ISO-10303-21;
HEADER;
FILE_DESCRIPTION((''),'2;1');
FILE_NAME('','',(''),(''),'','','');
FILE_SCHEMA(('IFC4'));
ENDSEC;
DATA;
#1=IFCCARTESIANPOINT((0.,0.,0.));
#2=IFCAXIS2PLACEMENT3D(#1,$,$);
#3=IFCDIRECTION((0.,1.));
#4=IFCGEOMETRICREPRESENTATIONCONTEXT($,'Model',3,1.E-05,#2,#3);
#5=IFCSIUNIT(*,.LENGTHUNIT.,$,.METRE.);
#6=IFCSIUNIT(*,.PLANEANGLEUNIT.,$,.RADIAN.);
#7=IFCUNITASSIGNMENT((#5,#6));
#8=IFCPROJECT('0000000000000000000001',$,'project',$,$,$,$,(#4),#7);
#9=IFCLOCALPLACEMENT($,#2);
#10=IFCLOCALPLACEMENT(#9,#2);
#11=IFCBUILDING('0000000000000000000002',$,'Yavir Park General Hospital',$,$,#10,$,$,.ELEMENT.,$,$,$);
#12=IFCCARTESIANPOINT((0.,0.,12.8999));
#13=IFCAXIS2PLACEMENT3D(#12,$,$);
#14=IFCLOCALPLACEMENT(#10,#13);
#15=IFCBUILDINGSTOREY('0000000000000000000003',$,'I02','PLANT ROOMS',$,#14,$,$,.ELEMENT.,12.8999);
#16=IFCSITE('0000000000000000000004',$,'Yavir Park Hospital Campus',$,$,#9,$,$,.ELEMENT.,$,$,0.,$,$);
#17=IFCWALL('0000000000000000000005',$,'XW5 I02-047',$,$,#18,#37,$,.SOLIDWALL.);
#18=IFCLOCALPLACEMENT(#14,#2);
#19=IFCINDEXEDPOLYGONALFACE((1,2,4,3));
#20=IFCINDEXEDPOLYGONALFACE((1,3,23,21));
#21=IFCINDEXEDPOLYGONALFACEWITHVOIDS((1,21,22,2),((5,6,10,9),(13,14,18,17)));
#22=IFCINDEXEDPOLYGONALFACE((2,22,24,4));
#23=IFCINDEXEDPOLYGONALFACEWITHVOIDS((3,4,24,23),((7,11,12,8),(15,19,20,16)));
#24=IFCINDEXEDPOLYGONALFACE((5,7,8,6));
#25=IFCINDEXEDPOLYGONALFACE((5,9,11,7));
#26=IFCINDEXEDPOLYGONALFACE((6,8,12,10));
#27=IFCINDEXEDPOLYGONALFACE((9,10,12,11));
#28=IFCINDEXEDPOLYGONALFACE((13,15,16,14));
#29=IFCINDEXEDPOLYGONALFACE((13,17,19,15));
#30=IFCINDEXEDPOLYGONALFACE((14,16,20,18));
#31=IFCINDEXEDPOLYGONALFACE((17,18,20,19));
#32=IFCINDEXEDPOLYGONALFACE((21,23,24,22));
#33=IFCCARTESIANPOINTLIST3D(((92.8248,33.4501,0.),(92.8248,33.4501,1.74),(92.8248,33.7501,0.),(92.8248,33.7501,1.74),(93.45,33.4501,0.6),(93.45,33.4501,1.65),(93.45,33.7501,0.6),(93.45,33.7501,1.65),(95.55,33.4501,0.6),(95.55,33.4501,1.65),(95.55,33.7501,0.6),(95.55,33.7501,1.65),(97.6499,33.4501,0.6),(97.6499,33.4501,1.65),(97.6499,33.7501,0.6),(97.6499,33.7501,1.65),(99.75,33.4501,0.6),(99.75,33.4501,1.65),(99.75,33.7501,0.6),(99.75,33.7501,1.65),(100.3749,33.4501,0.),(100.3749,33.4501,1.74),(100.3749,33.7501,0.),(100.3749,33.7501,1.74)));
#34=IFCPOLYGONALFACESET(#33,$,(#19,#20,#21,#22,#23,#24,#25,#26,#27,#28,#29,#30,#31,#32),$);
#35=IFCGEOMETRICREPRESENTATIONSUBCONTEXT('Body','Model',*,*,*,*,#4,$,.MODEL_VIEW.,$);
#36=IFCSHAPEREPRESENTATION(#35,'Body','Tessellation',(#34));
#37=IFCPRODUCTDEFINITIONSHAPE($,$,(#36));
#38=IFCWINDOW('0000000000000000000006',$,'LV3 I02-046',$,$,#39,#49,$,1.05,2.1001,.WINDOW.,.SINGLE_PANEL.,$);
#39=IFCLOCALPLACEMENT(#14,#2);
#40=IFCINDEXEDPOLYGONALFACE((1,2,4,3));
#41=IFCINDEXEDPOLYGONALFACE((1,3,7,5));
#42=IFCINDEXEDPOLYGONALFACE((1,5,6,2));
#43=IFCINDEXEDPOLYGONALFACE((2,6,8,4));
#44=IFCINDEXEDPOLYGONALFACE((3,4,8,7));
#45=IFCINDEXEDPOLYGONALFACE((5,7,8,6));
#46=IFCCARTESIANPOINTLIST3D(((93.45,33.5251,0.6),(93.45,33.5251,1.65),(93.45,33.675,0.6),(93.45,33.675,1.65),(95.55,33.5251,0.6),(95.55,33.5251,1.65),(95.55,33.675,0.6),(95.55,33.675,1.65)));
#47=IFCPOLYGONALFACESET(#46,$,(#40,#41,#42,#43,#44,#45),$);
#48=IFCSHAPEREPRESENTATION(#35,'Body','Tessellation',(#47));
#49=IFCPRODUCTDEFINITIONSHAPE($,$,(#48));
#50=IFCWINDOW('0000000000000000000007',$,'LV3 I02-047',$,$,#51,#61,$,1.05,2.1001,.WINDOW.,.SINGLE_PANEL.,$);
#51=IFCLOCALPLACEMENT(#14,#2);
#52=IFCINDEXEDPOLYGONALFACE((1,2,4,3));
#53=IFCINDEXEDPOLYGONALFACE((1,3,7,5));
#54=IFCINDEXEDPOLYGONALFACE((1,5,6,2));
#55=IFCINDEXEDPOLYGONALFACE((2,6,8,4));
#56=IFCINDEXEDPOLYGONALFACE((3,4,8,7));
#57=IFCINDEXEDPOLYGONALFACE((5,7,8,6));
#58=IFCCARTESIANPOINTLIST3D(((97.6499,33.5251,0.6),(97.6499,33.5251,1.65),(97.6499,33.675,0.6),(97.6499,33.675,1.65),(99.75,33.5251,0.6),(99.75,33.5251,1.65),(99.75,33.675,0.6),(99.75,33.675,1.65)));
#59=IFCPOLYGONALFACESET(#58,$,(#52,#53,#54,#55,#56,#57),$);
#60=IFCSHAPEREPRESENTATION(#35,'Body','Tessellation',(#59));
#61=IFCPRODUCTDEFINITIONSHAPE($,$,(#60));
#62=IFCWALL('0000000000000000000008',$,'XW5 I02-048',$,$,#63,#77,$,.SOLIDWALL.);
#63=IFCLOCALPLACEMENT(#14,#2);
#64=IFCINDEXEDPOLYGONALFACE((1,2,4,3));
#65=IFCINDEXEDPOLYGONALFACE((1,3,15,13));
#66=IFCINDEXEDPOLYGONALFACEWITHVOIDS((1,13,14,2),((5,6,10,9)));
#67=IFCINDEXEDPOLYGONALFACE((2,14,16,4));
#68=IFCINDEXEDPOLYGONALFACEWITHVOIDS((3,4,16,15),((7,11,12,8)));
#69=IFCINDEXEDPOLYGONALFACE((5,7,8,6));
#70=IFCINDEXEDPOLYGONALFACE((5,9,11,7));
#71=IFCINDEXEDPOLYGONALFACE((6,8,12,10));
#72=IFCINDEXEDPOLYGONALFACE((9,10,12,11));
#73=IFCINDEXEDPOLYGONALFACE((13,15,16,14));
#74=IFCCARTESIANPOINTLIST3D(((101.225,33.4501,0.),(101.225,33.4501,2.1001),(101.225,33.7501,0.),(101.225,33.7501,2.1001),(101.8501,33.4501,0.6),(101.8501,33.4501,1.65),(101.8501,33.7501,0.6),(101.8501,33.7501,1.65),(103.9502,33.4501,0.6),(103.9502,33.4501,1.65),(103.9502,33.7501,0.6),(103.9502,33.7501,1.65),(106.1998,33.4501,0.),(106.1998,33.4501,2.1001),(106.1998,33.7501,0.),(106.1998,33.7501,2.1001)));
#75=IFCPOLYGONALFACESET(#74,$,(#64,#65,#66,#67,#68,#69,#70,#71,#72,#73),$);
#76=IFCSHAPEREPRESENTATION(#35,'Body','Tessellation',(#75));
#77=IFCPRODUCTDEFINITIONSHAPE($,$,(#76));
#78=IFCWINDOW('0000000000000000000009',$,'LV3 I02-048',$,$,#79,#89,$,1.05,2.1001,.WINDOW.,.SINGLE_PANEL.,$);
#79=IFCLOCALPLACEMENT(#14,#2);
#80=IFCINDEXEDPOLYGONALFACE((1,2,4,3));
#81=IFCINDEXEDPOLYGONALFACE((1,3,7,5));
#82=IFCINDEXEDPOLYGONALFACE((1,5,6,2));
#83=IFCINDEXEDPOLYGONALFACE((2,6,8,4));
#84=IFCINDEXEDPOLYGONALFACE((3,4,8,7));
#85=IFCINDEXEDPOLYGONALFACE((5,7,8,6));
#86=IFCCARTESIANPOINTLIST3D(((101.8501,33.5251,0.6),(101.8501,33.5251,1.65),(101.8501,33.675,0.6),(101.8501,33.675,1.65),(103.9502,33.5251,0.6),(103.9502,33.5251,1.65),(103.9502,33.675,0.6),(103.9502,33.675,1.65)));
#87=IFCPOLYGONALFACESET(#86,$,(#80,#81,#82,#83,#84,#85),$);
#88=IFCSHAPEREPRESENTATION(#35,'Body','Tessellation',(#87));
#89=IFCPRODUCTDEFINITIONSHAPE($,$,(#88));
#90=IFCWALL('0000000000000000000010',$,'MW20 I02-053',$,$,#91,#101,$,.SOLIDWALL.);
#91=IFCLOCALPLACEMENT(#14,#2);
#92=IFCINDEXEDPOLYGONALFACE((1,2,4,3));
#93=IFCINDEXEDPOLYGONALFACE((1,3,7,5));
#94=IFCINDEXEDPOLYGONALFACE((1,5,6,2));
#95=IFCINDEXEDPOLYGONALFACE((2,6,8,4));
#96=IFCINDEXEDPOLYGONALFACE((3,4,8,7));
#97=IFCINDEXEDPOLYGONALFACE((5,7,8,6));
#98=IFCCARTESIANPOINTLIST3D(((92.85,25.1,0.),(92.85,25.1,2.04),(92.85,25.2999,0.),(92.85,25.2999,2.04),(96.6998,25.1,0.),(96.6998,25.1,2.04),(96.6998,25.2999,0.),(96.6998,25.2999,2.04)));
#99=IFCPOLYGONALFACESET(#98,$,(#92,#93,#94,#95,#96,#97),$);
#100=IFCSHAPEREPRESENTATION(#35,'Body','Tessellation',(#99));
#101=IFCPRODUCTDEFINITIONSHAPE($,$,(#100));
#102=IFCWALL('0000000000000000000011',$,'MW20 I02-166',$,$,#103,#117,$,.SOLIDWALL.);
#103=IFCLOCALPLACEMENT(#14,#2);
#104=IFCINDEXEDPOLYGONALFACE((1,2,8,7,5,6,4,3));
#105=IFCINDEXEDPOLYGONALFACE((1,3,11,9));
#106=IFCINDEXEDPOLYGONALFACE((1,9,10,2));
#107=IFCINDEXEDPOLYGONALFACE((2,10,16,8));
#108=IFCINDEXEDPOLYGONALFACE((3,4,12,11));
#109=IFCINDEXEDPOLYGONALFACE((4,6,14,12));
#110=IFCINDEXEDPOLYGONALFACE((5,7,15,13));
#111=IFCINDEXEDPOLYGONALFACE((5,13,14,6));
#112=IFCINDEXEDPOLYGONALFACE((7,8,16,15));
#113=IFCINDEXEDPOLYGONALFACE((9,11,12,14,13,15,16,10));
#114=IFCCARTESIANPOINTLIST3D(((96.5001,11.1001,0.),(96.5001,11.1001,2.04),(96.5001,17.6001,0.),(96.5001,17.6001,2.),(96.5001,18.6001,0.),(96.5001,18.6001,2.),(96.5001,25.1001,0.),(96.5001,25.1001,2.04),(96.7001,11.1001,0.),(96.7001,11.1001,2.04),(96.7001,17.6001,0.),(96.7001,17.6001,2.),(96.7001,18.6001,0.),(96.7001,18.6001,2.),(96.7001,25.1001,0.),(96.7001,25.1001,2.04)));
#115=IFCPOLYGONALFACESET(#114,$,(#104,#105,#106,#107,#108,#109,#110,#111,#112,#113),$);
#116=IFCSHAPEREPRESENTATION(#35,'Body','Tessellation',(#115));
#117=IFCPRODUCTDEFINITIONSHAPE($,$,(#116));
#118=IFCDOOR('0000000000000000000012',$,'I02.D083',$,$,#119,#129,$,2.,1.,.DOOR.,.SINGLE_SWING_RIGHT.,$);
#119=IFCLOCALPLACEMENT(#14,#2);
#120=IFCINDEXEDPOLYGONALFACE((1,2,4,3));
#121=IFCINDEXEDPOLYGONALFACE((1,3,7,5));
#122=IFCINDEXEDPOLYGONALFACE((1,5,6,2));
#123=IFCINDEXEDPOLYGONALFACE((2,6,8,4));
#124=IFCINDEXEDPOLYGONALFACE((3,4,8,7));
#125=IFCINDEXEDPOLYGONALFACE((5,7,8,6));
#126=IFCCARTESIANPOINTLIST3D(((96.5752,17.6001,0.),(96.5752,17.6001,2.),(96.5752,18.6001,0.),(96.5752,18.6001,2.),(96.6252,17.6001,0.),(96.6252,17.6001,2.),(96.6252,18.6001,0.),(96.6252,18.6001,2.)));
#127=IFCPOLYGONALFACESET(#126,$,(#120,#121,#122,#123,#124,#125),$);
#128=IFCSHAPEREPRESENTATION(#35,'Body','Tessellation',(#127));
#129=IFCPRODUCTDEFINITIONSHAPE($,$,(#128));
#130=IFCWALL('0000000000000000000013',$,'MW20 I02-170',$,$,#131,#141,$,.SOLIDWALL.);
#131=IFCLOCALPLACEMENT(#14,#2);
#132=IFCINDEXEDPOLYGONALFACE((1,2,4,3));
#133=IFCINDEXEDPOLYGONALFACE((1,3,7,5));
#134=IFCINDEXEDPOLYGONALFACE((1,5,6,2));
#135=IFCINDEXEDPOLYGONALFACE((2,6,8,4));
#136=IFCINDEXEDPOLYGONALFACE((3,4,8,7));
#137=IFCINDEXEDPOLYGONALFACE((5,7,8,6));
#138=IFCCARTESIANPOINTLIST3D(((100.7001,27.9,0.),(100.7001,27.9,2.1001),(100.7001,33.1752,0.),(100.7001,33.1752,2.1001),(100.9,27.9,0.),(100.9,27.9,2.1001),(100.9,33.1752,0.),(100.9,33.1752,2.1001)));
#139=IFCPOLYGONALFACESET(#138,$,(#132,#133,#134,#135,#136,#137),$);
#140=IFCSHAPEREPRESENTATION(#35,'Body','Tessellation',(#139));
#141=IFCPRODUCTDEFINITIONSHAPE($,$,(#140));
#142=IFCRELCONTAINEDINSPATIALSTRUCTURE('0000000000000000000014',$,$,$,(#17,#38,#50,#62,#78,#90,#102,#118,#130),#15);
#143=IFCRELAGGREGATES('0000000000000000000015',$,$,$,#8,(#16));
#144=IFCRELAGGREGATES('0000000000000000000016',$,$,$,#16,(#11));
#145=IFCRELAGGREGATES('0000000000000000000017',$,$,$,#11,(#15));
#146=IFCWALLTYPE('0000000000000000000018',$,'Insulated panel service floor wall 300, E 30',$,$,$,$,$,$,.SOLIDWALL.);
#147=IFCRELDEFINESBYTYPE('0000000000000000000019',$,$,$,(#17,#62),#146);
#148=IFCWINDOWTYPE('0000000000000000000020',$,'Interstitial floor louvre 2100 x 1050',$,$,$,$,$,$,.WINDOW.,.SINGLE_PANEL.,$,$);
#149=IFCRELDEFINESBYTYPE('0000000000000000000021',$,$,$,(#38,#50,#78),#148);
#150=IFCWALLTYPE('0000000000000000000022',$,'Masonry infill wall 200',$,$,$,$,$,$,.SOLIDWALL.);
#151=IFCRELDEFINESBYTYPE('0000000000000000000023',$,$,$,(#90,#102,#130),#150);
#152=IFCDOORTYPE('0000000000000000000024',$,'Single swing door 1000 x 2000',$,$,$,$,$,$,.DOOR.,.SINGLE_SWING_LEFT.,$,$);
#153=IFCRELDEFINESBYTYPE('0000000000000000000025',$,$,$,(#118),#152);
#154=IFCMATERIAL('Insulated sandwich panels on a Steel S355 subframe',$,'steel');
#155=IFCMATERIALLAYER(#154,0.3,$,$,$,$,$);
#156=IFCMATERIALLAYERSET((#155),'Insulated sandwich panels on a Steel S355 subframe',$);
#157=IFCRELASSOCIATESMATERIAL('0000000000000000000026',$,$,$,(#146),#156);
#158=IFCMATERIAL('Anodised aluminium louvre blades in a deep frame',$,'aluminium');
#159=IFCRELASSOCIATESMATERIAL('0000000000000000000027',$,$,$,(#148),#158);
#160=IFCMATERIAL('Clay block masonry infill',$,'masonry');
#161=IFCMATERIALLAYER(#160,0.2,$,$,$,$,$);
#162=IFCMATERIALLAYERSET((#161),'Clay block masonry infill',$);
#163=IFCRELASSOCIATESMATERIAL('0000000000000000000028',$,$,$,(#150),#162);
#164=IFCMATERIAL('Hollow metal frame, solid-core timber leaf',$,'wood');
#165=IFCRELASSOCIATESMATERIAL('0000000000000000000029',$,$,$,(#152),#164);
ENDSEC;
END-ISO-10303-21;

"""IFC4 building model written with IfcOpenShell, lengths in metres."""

from ifc_helpers import new_model, si_unit, direction, frame, frame_2d, origin, place, context, subcontext, project, spatial, rectangle, extrude, material, layer, layer_set, type_object, element, fill, save


model = new_model("IFC4")

# Units and contexts
model_context = context("Model", 3, precision=1e-05, world=origin(), true_north=direction((0.0, 1.0)))
body_context = subcontext(model_context, "Body", "Model", "MODEL_VIEW")
ifc_project = project(units=[si_unit("LENGTHUNIT", "METRE"), si_unit("PLANEANGLEUNIT", "RADIAN")], contexts=[model_context])

# Site, building, storey
site_placement = place(None, origin())
site = spatial("IfcSite", under=ifc_project, at=site_placement, Name="Yavir Park Hospital Campus", CompositionType="ELEMENT", RefElevation=0.0)
building_placement = place(site_placement, origin())
building = spatial("IfcBuilding", under=site, at=building_placement, Name="Yavir Park General Hospital", CompositionType="ELEMENT")
storey_placement = place(building_placement, frame((0.0, 0.0, 12.8999)))
storey = spatial("IfcBuildingStorey", under=building, at=storey_placement, Name="I02", Description="PLANT ROOMS", CompositionType="ELEMENT", Elevation=12.8999)

# Wall, openings, windows
ifc_material_1 = material(Name="Insulated sandwich panels on a Steel S355 subframe", Category="steel")
ifc_layer_1 = layer(ifc_material_1, 0.3)
ifc_layer_set_1 = layer_set([ifc_layer_1], Name="Insulated sandwich panels on a Steel S355 subframe")
wall_type_1 = type_object("IfcWallType", Name="Insulated panel service floor wall 300, E 30", PredefinedType="SOLIDWALL", material=ifc_layer_set_1)
wall_1_placement = place(storey_placement, frame((92.825, 33.6001, 0.0), z_axis=(0.0, 0.0, 1.0), x_axis=(1.0, 0.0, 0.0)))
wall_1 = element("IfcWall", 1, at=wall_1_placement, inside=storey, type_object=wall_type_1, Name="XW5 I02-047", PredefinedType="SOLIDWALL", context=body_context, shape_type="SweptSolid", body=[
    extrude(rectangle(XDim=7.55, YDim=0.3, at=frame_2d((3.7749, 0.0))), origin(), (0.0, 0.0, 1.0), 1.74),
])
opening_1_placement = place(wall_1_placement, frame((0.625, 0.0, 0.6001)))
opening_1 = element("IfcOpeningElement", 2, at=opening_1_placement, cuts=wall_1, PredefinedType="OPENING", context=body_context, shape_type="SweptSolid", body=[
    extrude(rectangle(XDim=2.1001, YDim=1.05, at=frame_2d((1.05, 0.5249))), frame((0.0, 0.1599, 0.0), z_axis=(0.0, -1.0, 0.0), x_axis=(1.0, 0.0, 0.0)), (0.0, 0.0, 1.0), 0.3201),
])
opening_2_placement = place(wall_1_placement, frame((4.825, 0.0, 0.6001)))
opening_2 = element("IfcOpeningElement", 3, at=opening_2_placement, cuts=wall_1, PredefinedType="OPENING", context=body_context, shape_type="SweptSolid", body=[
    extrude(rectangle(XDim=2.1001, YDim=1.05, at=frame_2d((1.05, 0.5249))), frame((0.0, 0.1599, 0.0), z_axis=(0.0, -1.0, 0.0), x_axis=(1.0, 0.0, 0.0)), (0.0, 0.0, 1.0), 0.3201),
])
ifc_material_2 = material(Name="Anodised aluminium louvre blades in a deep frame", Category="aluminium")
window_type = type_object("IfcWindowType", Name="Interstitial floor louvre 2100 x 1050", PartitioningType="SINGLE_PANEL", PredefinedType="WINDOW", material=ifc_material_2)
window_1_placement = place(opening_1_placement, origin())
window_1 = element("IfcWindow", 4, at=window_1_placement, inside=storey, type_object=window_type, Name="LV3 I02-046", OverallHeight=1.05, OverallWidth=2.1001, PartitioningType="SINGLE_PANEL", PredefinedType="WINDOW", context=body_context, shape_type="SweptSolid", body=[
    extrude(rectangle(XDim=2.1001, YDim=1.05, at=frame_2d((1.05, 0.5249))), frame((0.0, 0.075, 0.0), z_axis=(0.0, -1.0, 0.0), x_axis=(1.0, 0.0, 0.0)), (0.0, 0.0, 1.0), 0.1499),
])
fill(opening_1, window_1)
window_2_placement = place(opening_2_placement, origin())
window_2 = element("IfcWindow", 5, at=window_2_placement, inside=storey, type_object=window_type, Name="LV3 I02-047", OverallHeight=1.05, OverallWidth=2.1001, PartitioningType="SINGLE_PANEL", PredefinedType="WINDOW", context=body_context, shape_type="SweptSolid", body=[
    extrude(rectangle(XDim=2.1001, YDim=1.05, at=frame_2d((1.05, 0.5249))), frame((0.0, 0.075, 0.0), z_axis=(0.0, -1.0, 0.0), x_axis=(1.0, 0.0, 0.0)), (0.0, 0.0, 1.0), 0.1499),
])
fill(opening_2, window_2)

# Wall, opening, window
wall_2_placement = place(storey_placement, frame((101.2251, 33.6001, 0.0), z_axis=(0.0, 0.0, 1.0), x_axis=(1.0, 0.0, 0.0)))
wall_2 = element("IfcWall", 6, at=wall_2_placement, inside=storey, type_object=wall_type_1, Name="XW5 I02-048", PredefinedType="SOLIDWALL", context=body_context, shape_type="SweptSolid", body=[
    extrude(rectangle(XDim=4.9749, YDim=0.3, at=frame_2d((2.4873, 0.0))), origin(), (0.0, 0.0, 1.0), 2.1001),
])
opening_3_placement = place(wall_2_placement, frame((0.625, 0.0, 0.6001)))
opening_3 = element("IfcOpeningElement", 7, at=opening_3_placement, cuts=wall_2, PredefinedType="OPENING", context=body_context, shape_type="SweptSolid", body=[
    extrude(rectangle(XDim=2.1001, YDim=1.05, at=frame_2d((1.05, 0.5249))), frame((0.0, 0.1599, 0.0), z_axis=(0.0, -1.0, 0.0), x_axis=(1.0, 0.0, 0.0)), (0.0, 0.0, 1.0), 0.3201),
])
window_3_placement = place(opening_3_placement, origin())
window_3 = element("IfcWindow", 8, at=window_3_placement, inside=storey, type_object=window_type, Name="LV3 I02-048", OverallHeight=1.05, OverallWidth=2.1001, PartitioningType="SINGLE_PANEL", PredefinedType="WINDOW", context=body_context, shape_type="SweptSolid", body=[
    extrude(rectangle(XDim=2.1001, YDim=1.05, at=frame_2d((1.05, 0.5249))), frame((0.0, 0.075, 0.0), z_axis=(0.0, -1.0, 0.0), x_axis=(1.0, 0.0, 0.0)), (0.0, 0.0, 1.0), 0.1499),
])
fill(opening_3, window_3)

# Wall
ifc_material_3 = material(Name="Clay block masonry infill", Category="masonry")
ifc_layer_2 = layer(ifc_material_3, 0.2)
ifc_layer_set_2 = layer_set([ifc_layer_2], Name="Clay block masonry infill")
wall_type_2 = type_object("IfcWallType", Name="Masonry infill wall 200", PredefinedType="SOLIDWALL", material=ifc_layer_set_2)
wall_3_placement = place(storey_placement, frame((92.8501, 25.2, 0.0), z_axis=(0.0, 0.0, 1.0), x_axis=(1.0, 0.0, 0.0)))
element("IfcWall", 9, at=wall_3_placement, inside=storey, type_object=wall_type_2, Name="MW20 I02-053", PredefinedType="SOLIDWALL", context=body_context, shape_type="SweptSolid", body=[
    extrude(rectangle(XDim=3.8499, YDim=0.2, at=frame_2d((1.9248, 0.0))), origin(), (0.0, 0.0, 1.0), 2.04),
])

# Wall, opening, door
wall_4_placement = place(storey_placement, frame((96.6001, 11.1001, 0.0), z_axis=(0.0, 0.0, 1.0), x_axis=(0.0, 1.0, 0.0)))
wall_4 = element("IfcWall", 10, at=wall_4_placement, inside=storey, type_object=wall_type_2, Name="MW20 I02-166", PredefinedType="SOLIDWALL", context=body_context, shape_type="SweptSolid", body=[
    extrude(rectangle(XDim=14.0, YDim=0.2, at=frame_2d((7.0, 0.0))), origin(), (0.0, 0.0, 1.0), 2.04),
])
opening_4_placement = place(wall_4_placement, frame((6.5, 0.0, 0.0)))
opening_4 = element("IfcOpeningElement", 11, at=opening_4_placement, cuts=wall_4, PredefinedType="OPENING", context=body_context, shape_type="SweptSolid", body=[
    extrude(rectangle(XDim=1.0, YDim=2.0, at=frame_2d((0.5, 1.0))), frame((0.0, 0.1099, 0.0), z_axis=(0.0, -1.0, 0.0), x_axis=(1.0, 0.0, 0.0)), (0.0, 0.0, 1.0), 0.22),
])
ifc_material_4 = material(Name="Hollow metal frame, solid-core timber leaf", Category="wood")
door_type_1 = type_object("IfcDoorType", Name="Single swing door 1000 x 2000", OperationType="SINGLE_SWING_LEFT", PredefinedType="DOOR", material=ifc_material_4)
door_1_placement = place(opening_4_placement, origin())
door_1 = element("IfcDoor", 12, at=door_1_placement, inside=storey, type_object=door_type_1, Name="I02.D083", OperationType="SINGLE_SWING_RIGHT", OverallHeight=2.0, OverallWidth=1.0, PredefinedType="DOOR", context=body_context, shape_type="SweptSolid", body=[
    extrude(rectangle(XDim=1.0, YDim=2.0, at=frame_2d((0.5, 1.0))), frame((0.0, 0.0249, 0.0), z_axis=(0.0, -1.0, 0.0), x_axis=(1.0, 0.0, 0.0)), (0.0, 0.0, 1.0), 0.05),
])
fill(opening_4, door_1)

# Wall
wall_5_placement = place(storey_placement, frame((100.8, 27.8999, 0.0), z_axis=(0.0, 0.0, 1.0), x_axis=(0.0, 1.0, 0.0)))
element("IfcWall", 13, at=wall_5_placement, inside=storey, type_object=wall_type_2, Name="MW20 I02-170", PredefinedType="SOLIDWALL", context=body_context, shape_type="SweptSolid", body=[
    extrude(rectangle(XDim=5.2751, YDim=0.2, at=frame_2d((2.6377, 0.0))), origin(), (0.0, 0.0, 1.0), 2.1001),
])

save(model, "model.ifc")
